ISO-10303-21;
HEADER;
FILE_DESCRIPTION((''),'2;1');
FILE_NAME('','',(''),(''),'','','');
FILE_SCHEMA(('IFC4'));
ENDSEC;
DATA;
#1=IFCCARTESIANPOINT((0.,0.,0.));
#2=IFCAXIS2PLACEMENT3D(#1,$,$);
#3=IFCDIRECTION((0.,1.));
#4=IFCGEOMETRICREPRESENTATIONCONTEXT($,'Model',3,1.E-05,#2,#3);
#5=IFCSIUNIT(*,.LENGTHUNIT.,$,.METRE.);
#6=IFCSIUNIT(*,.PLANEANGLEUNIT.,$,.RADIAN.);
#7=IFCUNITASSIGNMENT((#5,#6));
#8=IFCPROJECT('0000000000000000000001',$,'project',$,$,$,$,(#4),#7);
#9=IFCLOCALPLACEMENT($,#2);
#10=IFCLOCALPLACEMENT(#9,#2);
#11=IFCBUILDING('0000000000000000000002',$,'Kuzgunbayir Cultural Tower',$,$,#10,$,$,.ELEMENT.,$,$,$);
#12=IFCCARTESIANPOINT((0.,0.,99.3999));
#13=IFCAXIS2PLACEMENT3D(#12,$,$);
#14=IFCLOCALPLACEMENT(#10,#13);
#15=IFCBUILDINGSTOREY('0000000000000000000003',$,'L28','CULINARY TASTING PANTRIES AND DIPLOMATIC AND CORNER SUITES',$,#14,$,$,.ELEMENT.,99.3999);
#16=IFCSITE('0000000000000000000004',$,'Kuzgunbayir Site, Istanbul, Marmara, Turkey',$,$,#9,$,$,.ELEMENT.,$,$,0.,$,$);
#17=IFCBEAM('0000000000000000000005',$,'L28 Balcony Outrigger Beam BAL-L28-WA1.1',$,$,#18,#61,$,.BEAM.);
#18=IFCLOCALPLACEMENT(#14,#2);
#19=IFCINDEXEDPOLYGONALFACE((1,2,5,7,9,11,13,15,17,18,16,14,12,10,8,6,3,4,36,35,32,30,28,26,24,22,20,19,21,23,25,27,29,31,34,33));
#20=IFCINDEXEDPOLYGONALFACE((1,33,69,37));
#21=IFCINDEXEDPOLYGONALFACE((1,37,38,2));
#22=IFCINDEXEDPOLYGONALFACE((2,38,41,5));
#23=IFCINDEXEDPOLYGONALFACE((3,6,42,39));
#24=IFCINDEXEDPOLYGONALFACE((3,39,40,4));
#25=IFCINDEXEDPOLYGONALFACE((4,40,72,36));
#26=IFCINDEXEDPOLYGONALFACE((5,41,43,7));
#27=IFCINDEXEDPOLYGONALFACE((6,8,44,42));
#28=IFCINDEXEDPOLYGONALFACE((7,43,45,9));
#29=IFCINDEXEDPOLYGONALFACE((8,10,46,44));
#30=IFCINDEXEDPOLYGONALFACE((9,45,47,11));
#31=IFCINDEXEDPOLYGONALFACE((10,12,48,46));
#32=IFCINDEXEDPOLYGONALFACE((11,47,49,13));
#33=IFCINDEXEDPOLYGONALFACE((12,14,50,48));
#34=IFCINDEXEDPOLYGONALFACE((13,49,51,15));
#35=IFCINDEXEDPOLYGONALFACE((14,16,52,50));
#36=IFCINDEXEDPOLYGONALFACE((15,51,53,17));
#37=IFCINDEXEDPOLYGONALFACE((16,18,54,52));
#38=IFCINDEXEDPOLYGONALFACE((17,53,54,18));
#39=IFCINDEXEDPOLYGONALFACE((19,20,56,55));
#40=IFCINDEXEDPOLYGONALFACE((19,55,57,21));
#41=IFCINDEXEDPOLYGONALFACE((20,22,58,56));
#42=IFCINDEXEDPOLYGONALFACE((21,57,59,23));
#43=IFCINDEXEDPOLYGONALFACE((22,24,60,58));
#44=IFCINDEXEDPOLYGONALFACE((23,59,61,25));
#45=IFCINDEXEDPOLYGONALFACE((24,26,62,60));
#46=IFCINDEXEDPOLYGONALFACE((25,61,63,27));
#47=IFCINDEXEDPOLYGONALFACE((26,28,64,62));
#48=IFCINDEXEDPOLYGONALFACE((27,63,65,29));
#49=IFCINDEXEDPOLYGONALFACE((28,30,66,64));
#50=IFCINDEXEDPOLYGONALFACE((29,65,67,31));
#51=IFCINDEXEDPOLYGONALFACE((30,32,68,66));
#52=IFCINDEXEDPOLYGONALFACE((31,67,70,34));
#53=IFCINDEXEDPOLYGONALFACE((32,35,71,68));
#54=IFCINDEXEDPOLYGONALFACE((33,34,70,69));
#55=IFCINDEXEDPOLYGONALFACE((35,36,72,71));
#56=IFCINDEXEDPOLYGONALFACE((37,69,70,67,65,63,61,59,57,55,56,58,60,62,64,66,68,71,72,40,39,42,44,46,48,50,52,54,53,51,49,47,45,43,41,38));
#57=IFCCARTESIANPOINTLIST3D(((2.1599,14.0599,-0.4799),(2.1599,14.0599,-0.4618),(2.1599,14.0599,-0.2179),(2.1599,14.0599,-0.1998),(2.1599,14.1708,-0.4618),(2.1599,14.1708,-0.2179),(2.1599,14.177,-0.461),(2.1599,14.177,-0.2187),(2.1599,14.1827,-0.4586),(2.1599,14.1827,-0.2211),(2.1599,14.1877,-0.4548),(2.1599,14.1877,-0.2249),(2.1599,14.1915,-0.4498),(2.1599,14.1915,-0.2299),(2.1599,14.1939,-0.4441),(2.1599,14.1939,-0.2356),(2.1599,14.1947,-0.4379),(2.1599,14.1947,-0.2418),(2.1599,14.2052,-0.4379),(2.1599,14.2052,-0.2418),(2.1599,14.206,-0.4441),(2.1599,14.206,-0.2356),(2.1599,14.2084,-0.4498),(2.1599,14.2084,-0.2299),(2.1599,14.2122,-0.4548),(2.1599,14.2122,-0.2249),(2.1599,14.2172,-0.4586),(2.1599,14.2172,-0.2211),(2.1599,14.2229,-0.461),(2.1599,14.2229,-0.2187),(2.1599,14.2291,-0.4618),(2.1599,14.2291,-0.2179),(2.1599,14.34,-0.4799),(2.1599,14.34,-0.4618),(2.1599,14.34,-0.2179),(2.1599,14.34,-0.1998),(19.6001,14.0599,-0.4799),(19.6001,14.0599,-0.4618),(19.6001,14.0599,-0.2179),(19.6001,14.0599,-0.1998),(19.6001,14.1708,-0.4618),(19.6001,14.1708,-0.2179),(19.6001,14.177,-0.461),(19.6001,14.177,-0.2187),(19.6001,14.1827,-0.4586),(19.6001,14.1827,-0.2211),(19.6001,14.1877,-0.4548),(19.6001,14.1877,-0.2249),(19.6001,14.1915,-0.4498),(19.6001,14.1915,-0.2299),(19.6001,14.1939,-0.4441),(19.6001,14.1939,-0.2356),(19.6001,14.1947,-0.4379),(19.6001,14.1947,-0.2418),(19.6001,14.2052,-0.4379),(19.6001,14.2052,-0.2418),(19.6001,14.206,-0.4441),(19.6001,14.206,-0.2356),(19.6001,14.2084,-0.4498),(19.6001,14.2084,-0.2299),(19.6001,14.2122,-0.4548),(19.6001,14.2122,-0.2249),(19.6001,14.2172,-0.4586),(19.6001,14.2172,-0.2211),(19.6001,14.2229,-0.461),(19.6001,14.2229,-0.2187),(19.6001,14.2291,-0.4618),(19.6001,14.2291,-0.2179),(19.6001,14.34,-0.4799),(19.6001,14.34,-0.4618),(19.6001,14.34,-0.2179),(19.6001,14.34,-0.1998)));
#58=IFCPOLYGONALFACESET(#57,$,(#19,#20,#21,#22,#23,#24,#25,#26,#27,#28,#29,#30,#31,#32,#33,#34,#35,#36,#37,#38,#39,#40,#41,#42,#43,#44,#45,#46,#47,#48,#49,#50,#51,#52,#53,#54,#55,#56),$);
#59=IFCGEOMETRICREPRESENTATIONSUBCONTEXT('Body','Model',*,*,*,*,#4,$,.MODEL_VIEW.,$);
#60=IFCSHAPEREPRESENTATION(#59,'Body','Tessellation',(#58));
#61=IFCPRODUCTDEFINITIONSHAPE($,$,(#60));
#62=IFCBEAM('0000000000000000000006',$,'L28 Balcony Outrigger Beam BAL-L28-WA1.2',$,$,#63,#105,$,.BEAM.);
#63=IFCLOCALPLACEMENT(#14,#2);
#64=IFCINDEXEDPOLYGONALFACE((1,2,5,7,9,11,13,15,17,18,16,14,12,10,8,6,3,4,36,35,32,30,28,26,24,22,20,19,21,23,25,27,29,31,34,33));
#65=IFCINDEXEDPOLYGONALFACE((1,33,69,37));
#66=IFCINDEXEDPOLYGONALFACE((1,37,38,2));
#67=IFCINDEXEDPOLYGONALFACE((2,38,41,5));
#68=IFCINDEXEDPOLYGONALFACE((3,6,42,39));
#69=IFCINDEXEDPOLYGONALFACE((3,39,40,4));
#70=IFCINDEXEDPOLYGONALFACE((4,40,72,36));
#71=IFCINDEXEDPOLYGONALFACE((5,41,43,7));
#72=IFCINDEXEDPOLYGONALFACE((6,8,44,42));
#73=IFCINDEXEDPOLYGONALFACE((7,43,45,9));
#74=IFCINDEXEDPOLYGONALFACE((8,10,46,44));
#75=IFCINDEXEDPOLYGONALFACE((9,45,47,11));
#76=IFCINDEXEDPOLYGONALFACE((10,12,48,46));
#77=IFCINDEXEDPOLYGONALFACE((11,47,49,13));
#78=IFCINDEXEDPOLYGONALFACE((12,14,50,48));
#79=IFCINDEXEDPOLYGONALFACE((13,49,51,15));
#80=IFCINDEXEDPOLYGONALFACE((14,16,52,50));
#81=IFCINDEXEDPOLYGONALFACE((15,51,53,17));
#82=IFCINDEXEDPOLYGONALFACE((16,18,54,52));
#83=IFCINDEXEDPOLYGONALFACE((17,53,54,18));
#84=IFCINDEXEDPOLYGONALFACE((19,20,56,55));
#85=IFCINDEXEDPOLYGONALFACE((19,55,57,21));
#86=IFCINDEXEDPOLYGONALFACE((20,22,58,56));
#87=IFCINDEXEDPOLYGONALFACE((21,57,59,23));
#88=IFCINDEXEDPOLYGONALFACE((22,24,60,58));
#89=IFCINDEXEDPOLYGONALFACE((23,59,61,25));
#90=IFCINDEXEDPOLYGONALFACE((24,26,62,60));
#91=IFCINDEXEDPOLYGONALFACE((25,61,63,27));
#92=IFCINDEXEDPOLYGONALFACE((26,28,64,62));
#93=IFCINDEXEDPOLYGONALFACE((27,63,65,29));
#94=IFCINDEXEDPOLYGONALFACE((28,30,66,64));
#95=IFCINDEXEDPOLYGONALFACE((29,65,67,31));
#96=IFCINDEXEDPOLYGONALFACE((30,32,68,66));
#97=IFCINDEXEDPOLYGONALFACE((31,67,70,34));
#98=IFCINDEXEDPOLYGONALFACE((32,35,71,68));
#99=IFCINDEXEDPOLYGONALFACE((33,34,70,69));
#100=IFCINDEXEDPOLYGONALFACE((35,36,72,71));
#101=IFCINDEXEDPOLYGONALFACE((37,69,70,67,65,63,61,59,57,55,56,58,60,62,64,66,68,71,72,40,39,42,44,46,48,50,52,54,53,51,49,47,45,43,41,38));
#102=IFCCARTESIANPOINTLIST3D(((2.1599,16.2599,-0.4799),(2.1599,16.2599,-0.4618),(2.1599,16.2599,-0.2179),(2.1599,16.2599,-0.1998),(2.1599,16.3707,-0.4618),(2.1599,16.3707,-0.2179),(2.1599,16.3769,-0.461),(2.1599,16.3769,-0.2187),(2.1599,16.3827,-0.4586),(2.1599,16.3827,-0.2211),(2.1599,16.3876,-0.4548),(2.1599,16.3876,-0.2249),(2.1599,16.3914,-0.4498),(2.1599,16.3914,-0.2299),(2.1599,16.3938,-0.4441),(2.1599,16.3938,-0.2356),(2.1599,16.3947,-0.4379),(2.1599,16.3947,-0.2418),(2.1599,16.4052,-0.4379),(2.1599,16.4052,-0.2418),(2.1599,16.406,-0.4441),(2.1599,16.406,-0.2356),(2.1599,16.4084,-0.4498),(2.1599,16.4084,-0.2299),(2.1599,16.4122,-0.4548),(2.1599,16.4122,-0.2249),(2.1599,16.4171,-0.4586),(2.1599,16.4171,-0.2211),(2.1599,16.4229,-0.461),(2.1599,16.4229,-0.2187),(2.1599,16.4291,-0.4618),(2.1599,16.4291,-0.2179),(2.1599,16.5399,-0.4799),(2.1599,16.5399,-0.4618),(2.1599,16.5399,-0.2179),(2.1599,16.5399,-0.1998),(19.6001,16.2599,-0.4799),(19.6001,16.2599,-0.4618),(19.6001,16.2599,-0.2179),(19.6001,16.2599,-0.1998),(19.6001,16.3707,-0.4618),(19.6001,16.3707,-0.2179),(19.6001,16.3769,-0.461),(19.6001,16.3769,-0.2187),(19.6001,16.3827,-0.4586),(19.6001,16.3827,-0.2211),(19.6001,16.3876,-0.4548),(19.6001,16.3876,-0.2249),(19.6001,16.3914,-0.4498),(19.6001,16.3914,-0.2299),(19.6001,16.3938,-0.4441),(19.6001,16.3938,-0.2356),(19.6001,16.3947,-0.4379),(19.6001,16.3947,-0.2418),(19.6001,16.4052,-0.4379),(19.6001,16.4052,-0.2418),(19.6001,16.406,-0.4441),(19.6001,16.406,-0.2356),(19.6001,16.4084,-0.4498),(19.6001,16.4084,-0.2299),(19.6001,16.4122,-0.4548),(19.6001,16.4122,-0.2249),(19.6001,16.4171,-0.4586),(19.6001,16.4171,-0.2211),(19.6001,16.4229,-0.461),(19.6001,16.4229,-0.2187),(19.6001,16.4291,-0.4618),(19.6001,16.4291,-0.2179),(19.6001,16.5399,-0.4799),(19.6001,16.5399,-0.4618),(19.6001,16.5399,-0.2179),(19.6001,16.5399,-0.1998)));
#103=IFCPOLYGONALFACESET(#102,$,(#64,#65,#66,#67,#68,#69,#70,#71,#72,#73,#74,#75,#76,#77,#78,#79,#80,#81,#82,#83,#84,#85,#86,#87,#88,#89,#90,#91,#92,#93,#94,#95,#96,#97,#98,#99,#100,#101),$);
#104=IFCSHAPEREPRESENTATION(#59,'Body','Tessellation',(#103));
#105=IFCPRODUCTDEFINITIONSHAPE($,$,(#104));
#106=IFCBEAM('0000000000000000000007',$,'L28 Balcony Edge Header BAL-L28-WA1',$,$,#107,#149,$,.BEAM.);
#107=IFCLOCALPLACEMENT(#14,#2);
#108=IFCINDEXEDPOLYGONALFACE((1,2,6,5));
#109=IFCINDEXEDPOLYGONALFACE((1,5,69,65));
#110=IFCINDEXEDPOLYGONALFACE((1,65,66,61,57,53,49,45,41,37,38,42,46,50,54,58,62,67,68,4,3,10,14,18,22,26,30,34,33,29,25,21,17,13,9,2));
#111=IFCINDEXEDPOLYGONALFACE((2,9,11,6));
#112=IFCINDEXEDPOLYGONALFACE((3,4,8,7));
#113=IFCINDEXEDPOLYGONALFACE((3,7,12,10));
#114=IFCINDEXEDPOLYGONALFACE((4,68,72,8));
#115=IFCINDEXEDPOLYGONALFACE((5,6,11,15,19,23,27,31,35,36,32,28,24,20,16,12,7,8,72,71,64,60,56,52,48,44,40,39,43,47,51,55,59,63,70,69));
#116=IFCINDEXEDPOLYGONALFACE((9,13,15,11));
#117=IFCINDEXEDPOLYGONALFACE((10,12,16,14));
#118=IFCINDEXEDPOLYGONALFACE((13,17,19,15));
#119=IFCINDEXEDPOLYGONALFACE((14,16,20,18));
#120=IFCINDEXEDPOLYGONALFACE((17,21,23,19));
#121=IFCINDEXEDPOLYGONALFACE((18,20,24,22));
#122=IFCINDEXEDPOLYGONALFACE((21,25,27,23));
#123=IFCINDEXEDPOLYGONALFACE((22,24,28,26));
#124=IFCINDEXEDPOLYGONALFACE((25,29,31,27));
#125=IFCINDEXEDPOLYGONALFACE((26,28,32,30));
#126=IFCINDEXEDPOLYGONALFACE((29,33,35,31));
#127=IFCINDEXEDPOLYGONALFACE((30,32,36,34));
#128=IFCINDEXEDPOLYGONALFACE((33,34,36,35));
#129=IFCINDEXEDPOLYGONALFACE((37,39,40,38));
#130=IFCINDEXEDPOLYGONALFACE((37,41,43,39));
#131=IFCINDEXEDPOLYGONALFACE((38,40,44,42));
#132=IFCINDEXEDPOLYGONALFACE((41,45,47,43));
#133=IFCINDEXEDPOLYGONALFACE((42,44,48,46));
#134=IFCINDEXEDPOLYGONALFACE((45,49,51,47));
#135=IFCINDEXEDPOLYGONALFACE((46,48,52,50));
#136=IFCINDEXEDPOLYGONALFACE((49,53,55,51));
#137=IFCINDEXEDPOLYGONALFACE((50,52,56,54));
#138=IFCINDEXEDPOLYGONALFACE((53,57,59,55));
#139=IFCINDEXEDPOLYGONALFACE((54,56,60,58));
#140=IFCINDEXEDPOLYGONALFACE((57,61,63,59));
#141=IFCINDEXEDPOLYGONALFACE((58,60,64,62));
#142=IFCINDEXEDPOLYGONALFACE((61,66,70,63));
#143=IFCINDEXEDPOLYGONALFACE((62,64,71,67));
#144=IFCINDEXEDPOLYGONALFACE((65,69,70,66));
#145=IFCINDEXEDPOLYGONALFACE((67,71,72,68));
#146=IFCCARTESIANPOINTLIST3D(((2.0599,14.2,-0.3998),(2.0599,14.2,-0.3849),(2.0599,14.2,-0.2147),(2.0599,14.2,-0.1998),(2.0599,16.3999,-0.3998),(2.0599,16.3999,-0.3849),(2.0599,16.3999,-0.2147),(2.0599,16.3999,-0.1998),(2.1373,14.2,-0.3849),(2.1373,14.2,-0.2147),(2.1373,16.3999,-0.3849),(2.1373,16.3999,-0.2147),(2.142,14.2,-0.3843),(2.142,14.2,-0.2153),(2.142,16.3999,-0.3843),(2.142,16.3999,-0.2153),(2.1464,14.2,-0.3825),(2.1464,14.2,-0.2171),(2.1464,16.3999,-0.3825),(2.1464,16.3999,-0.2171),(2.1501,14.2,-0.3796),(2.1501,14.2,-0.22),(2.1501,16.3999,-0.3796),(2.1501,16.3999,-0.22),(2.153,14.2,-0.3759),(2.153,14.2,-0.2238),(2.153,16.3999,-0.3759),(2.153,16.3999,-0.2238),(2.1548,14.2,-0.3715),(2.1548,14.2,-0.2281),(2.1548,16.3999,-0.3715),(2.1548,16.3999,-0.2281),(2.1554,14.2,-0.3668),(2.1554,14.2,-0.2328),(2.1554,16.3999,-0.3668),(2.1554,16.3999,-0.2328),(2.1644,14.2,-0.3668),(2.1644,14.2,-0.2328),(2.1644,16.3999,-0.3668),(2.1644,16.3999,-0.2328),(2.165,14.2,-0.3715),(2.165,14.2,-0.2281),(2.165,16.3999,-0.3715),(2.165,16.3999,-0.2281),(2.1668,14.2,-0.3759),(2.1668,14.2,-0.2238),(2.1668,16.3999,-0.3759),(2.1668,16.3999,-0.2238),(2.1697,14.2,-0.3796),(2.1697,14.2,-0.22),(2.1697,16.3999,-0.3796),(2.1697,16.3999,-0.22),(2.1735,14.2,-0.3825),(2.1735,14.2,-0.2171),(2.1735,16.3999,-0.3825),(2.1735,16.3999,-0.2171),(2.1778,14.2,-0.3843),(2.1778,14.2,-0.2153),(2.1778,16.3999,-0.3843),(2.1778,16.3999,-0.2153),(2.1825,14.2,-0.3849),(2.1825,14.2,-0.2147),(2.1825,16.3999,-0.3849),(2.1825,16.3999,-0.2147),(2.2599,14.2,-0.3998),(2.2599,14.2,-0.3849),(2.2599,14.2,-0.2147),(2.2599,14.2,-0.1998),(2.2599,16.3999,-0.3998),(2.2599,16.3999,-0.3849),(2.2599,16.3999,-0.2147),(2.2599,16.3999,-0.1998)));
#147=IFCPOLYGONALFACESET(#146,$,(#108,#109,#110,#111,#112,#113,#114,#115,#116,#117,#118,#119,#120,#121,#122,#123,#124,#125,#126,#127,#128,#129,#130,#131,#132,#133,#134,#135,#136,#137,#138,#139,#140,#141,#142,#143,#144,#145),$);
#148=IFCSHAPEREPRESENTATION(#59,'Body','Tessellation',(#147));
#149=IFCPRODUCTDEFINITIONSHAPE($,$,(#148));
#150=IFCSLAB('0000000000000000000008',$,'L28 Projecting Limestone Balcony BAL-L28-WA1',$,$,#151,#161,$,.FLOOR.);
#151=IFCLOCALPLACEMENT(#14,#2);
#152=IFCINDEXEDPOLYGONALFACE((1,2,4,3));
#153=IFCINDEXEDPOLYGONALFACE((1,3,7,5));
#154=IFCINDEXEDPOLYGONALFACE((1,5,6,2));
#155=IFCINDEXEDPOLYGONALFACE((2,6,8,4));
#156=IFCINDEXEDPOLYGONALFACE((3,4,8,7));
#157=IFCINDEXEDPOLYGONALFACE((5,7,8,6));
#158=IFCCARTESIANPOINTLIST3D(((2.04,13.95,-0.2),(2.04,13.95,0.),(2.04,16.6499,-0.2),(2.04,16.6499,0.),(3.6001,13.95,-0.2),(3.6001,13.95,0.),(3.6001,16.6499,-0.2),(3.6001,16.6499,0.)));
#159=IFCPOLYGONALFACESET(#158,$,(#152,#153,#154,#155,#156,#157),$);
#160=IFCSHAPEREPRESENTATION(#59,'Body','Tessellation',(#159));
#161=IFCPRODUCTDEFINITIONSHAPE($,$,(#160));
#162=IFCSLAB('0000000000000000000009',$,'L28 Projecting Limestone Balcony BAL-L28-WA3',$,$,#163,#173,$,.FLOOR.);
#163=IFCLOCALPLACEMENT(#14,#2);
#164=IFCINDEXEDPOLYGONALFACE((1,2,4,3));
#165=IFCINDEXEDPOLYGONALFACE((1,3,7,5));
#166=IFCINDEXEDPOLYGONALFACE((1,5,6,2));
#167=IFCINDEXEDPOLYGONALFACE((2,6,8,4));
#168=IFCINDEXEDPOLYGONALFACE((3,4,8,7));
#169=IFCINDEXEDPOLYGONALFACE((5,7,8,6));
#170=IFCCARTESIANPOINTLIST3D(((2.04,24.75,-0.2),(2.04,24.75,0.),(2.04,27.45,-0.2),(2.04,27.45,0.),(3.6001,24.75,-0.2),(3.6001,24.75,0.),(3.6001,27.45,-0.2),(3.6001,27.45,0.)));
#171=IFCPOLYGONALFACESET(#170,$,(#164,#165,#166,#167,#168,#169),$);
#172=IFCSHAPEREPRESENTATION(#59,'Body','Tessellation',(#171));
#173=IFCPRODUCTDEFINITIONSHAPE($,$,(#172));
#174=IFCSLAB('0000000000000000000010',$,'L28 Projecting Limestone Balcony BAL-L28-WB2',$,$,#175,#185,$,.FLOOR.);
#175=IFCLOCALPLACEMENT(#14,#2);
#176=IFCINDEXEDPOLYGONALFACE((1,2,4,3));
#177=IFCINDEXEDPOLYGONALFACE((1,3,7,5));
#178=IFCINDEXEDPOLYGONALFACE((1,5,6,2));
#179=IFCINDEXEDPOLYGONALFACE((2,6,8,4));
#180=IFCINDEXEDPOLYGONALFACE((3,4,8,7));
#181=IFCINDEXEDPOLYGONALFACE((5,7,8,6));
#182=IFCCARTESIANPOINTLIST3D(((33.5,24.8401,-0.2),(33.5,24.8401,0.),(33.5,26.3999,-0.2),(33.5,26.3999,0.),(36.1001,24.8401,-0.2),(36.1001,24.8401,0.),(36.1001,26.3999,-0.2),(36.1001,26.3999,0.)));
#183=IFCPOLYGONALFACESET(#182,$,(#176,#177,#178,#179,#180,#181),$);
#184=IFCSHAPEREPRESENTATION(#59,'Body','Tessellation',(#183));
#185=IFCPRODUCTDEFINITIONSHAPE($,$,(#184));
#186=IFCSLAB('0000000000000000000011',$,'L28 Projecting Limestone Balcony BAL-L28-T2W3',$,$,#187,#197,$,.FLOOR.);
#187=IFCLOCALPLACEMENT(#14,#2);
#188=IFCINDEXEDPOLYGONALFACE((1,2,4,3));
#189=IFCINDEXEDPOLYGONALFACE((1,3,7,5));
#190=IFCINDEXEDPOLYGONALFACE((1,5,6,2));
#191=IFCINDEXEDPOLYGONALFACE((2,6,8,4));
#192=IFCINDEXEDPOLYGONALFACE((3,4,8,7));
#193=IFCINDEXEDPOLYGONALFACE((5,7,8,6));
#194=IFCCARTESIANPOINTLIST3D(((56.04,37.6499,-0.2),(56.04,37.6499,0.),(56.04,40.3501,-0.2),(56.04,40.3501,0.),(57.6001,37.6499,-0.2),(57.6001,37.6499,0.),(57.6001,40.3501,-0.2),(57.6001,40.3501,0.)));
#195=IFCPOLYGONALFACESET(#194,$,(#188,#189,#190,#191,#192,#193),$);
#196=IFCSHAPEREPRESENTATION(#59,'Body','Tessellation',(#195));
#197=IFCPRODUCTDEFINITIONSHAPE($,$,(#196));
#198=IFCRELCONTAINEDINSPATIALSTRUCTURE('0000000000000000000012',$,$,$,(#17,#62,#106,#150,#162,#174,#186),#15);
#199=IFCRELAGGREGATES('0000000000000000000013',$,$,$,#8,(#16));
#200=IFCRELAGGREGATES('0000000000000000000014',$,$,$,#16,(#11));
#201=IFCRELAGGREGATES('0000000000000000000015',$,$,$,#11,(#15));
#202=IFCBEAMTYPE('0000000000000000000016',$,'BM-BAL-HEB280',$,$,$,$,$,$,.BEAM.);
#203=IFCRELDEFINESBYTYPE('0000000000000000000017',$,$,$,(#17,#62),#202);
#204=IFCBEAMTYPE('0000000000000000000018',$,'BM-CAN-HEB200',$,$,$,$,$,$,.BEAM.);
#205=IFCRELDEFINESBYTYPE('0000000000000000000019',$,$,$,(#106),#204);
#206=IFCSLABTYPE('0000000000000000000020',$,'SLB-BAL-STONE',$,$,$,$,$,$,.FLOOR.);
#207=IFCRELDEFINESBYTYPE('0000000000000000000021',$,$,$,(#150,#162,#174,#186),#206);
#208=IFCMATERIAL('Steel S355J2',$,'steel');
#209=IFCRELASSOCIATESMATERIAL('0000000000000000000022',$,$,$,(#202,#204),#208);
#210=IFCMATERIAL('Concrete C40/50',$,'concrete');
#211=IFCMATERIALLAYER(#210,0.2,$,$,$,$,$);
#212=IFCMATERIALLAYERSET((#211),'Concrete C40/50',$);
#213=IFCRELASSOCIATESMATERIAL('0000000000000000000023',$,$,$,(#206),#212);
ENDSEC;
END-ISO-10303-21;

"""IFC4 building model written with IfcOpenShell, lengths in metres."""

from ifc_helpers import new_model, si_unit, direction, frame, origin, origin_2d, place, context, subcontext, project, spatial, polyline, i_section, outline, extrude, material, layer, layer_set, material_profile, profile_set, type_object, element, save


model = new_model("IFC4")

# Units and contexts
model_context = context("Model", 3, precision=1e-05, world=origin(), true_north=direction((0.0, 1.0)))
body_context = subcontext(model_context, "Body", "Model", "MODEL_VIEW")
ifc_project = project(units=[si_unit("LENGTHUNIT", "METRE"), si_unit("PLANEANGLEUNIT", "RADIAN")], contexts=[model_context])

# Site, building, storey
site_placement = place(None, origin())
site = spatial("IfcSite", under=ifc_project, at=site_placement, Name="Kuzgunbayir Site, Istanbul, Marmara, Turkey", CompositionType="ELEMENT", RefElevation=0.0)
building_placement = place(site_placement, origin())
building = spatial("IfcBuilding", under=site, at=building_placement, Name="Kuzgunbayir Cultural Tower", CompositionType="ELEMENT")
storey_placement = place(building_placement, frame((0.0, 0.0, 99.3999)))
storey = spatial("IfcBuildingStorey", under=building, at=storey_placement, Name="L28", Description="CULINARY TASTING PANTRIES AND DIPLOMATIC AND CORNER SUITES", CompositionType="ELEMENT", Elevation=99.3999)

# Beams
ifc_material_1 = material(Name="Steel S355J2", Category="steel")
ifc_material_profile_1 = material_profile(ifc_material_1, i_section(OverallWidth=0.28, OverallDepth=0.28, WebThickness=0.0105, FlangeThickness=0.0181, FilletRadius=0.0239, at=origin_2d()), Name="HEB 280")
ifc_profile_set_1 = profile_set([ifc_material_profile_1], Name="Steel S355J2")
beam_type_1 = type_object("IfcBeamType", Name="BM-BAL-HEB280", PredefinedType="BEAM", material=ifc_profile_set_1)
for number, where, z_axis, x_axis, name in (
    (1, (2.1599, 14.2, -0.3398), (1.0, 0.0, 0.0), (0.0, 1.0, 0.0), "L28 Balcony Outrigger Beam BAL-L28-WA1.1"),
    (2, (2.1599, 16.3999, -0.3398), (1.0, 0.0, 0.0), (0.0, 1.0, 0.0), "L28 Balcony Outrigger Beam BAL-L28-WA1.2"),
):
    element("IfcBeam", number, at=place(storey_placement, frame(where, z_axis=z_axis, x_axis=x_axis)), inside=storey, type_object=beam_type_1, Name=name, PredefinedType="BEAM", context=body_context, shape_type="SweptSolid", body=[
        extrude(i_section(OverallWidth=0.28, OverallDepth=0.28, WebThickness=0.0105, FlangeThickness=0.0181, FilletRadius=0.0239, at=origin_2d()), origin(), (0.0, 0.0, 1.0), 17.4402),
    ])
ifc_material_profile_2 = material_profile(ifc_material_1, i_section(OverallWidth=0.2, OverallDepth=0.2, WebThickness=0.009, FlangeThickness=0.0149, FilletRadius=0.0181, at=origin_2d()), Name="HEB 200")
ifc_profile_set_2 = profile_set([ifc_material_profile_2], Name="Steel S355J2")
beam_type_2 = type_object("IfcBeamType", Name="BM-CAN-HEB200", PredefinedType="BEAM", material=ifc_profile_set_2)
beam_placement = place(storey_placement, frame((2.1599, 14.2, -0.2998), z_axis=(0.0, 1.0, 0.0), x_axis=(-1.0, 0.0, 0.0)))
element("IfcBeam", 3, at=beam_placement, inside=storey, type_object=beam_type_2, Name="L28 Balcony Edge Header BAL-L28-WA1", PredefinedType="BEAM", context=body_context, shape_type="SweptSolid", body=[
    extrude(i_section(OverallWidth=0.2, OverallDepth=0.2, WebThickness=0.009, FlangeThickness=0.0149, FilletRadius=0.0181, at=origin_2d()), origin(), (0.0, 0.0, 1.0), 2.2),
])

# Slabs
ifc_material_2 = material(Name="Concrete C40/50", Category="concrete")
ifc_layer_1 = layer(ifc_material_2, 0.2)
ifc_layer_set_1 = layer_set([ifc_layer_1], Name="Concrete C40/50")
slab_type_1 = type_object("IfcSlabType", Name="SLB-BAL-STONE", PredefinedType="FLOOR", material=ifc_layer_set_1)
slab_1_placement = place(storey_placement, frame((0.0, 0.0, -0.2)))
element("IfcSlab", 4, at=slab_1_placement, inside=storey, type_object=slab_type_1, Name="L28 Projecting Limestone Balcony BAL-L28-WA1", PredefinedType="FLOOR", context=body_context, shape_type="SweptSolid", body=[
    extrude(outline(polyline([(2.04, 13.95), (3.6001, 13.95), (3.6001, 16.6499), (2.04, 16.6499), (2.04, 13.95)])), origin(), (0.0, 0.0, 1.0), 0.2),
])
slab_2_placement = place(storey_placement, frame((0.0, 0.0, -0.2)))
element("IfcSlab", 5, at=slab_2_placement, inside=storey, type_object=slab_type_1, Name="L28 Projecting Limestone Balcony BAL-L28-WA3", PredefinedType="FLOOR", context=body_context, shape_type="SweptSolid", body=[
    extrude(outline(polyline([(2.04, 24.75), (3.6001, 24.75), (3.6001, 27.45), (2.04, 27.45), (2.04, 24.75)])), origin(), (0.0, 0.0, 1.0), 0.2),
])
slab_3_placement = place(storey_placement, frame((0.0, 0.0, -0.2)))
element("IfcSlab", 6, at=slab_3_placement, inside=storey, type_object=slab_type_1, Name="L28 Projecting Limestone Balcony BAL-L28-WB2", PredefinedType="FLOOR", context=body_context, shape_type="SweptSolid", body=[
    extrude(outline(polyline([(33.5, 24.8401), (36.1001, 24.8401), (36.1001, 26.3999), (33.5, 26.3999), (33.5, 24.8401)])), origin(), (0.0, 0.0, 1.0), 0.2),
])
slab_4_placement = place(storey_placement, frame((0.0, 0.0, -0.2)))
element("IfcSlab", 7, at=slab_4_placement, inside=storey, type_object=slab_type_1, Name="L28 Projecting Limestone Balcony BAL-L28-T2W3", PredefinedType="FLOOR", context=body_context, shape_type="SweptSolid", body=[
    extrude(outline(polyline([(56.04, 37.6499), (57.6001, 37.6499), (57.6001, 40.3501), (56.04, 40.3501), (56.04, 37.6499)])), origin(), (0.0, 0.0, 1.0), 0.2),
])

save(model, "model.ifc")
